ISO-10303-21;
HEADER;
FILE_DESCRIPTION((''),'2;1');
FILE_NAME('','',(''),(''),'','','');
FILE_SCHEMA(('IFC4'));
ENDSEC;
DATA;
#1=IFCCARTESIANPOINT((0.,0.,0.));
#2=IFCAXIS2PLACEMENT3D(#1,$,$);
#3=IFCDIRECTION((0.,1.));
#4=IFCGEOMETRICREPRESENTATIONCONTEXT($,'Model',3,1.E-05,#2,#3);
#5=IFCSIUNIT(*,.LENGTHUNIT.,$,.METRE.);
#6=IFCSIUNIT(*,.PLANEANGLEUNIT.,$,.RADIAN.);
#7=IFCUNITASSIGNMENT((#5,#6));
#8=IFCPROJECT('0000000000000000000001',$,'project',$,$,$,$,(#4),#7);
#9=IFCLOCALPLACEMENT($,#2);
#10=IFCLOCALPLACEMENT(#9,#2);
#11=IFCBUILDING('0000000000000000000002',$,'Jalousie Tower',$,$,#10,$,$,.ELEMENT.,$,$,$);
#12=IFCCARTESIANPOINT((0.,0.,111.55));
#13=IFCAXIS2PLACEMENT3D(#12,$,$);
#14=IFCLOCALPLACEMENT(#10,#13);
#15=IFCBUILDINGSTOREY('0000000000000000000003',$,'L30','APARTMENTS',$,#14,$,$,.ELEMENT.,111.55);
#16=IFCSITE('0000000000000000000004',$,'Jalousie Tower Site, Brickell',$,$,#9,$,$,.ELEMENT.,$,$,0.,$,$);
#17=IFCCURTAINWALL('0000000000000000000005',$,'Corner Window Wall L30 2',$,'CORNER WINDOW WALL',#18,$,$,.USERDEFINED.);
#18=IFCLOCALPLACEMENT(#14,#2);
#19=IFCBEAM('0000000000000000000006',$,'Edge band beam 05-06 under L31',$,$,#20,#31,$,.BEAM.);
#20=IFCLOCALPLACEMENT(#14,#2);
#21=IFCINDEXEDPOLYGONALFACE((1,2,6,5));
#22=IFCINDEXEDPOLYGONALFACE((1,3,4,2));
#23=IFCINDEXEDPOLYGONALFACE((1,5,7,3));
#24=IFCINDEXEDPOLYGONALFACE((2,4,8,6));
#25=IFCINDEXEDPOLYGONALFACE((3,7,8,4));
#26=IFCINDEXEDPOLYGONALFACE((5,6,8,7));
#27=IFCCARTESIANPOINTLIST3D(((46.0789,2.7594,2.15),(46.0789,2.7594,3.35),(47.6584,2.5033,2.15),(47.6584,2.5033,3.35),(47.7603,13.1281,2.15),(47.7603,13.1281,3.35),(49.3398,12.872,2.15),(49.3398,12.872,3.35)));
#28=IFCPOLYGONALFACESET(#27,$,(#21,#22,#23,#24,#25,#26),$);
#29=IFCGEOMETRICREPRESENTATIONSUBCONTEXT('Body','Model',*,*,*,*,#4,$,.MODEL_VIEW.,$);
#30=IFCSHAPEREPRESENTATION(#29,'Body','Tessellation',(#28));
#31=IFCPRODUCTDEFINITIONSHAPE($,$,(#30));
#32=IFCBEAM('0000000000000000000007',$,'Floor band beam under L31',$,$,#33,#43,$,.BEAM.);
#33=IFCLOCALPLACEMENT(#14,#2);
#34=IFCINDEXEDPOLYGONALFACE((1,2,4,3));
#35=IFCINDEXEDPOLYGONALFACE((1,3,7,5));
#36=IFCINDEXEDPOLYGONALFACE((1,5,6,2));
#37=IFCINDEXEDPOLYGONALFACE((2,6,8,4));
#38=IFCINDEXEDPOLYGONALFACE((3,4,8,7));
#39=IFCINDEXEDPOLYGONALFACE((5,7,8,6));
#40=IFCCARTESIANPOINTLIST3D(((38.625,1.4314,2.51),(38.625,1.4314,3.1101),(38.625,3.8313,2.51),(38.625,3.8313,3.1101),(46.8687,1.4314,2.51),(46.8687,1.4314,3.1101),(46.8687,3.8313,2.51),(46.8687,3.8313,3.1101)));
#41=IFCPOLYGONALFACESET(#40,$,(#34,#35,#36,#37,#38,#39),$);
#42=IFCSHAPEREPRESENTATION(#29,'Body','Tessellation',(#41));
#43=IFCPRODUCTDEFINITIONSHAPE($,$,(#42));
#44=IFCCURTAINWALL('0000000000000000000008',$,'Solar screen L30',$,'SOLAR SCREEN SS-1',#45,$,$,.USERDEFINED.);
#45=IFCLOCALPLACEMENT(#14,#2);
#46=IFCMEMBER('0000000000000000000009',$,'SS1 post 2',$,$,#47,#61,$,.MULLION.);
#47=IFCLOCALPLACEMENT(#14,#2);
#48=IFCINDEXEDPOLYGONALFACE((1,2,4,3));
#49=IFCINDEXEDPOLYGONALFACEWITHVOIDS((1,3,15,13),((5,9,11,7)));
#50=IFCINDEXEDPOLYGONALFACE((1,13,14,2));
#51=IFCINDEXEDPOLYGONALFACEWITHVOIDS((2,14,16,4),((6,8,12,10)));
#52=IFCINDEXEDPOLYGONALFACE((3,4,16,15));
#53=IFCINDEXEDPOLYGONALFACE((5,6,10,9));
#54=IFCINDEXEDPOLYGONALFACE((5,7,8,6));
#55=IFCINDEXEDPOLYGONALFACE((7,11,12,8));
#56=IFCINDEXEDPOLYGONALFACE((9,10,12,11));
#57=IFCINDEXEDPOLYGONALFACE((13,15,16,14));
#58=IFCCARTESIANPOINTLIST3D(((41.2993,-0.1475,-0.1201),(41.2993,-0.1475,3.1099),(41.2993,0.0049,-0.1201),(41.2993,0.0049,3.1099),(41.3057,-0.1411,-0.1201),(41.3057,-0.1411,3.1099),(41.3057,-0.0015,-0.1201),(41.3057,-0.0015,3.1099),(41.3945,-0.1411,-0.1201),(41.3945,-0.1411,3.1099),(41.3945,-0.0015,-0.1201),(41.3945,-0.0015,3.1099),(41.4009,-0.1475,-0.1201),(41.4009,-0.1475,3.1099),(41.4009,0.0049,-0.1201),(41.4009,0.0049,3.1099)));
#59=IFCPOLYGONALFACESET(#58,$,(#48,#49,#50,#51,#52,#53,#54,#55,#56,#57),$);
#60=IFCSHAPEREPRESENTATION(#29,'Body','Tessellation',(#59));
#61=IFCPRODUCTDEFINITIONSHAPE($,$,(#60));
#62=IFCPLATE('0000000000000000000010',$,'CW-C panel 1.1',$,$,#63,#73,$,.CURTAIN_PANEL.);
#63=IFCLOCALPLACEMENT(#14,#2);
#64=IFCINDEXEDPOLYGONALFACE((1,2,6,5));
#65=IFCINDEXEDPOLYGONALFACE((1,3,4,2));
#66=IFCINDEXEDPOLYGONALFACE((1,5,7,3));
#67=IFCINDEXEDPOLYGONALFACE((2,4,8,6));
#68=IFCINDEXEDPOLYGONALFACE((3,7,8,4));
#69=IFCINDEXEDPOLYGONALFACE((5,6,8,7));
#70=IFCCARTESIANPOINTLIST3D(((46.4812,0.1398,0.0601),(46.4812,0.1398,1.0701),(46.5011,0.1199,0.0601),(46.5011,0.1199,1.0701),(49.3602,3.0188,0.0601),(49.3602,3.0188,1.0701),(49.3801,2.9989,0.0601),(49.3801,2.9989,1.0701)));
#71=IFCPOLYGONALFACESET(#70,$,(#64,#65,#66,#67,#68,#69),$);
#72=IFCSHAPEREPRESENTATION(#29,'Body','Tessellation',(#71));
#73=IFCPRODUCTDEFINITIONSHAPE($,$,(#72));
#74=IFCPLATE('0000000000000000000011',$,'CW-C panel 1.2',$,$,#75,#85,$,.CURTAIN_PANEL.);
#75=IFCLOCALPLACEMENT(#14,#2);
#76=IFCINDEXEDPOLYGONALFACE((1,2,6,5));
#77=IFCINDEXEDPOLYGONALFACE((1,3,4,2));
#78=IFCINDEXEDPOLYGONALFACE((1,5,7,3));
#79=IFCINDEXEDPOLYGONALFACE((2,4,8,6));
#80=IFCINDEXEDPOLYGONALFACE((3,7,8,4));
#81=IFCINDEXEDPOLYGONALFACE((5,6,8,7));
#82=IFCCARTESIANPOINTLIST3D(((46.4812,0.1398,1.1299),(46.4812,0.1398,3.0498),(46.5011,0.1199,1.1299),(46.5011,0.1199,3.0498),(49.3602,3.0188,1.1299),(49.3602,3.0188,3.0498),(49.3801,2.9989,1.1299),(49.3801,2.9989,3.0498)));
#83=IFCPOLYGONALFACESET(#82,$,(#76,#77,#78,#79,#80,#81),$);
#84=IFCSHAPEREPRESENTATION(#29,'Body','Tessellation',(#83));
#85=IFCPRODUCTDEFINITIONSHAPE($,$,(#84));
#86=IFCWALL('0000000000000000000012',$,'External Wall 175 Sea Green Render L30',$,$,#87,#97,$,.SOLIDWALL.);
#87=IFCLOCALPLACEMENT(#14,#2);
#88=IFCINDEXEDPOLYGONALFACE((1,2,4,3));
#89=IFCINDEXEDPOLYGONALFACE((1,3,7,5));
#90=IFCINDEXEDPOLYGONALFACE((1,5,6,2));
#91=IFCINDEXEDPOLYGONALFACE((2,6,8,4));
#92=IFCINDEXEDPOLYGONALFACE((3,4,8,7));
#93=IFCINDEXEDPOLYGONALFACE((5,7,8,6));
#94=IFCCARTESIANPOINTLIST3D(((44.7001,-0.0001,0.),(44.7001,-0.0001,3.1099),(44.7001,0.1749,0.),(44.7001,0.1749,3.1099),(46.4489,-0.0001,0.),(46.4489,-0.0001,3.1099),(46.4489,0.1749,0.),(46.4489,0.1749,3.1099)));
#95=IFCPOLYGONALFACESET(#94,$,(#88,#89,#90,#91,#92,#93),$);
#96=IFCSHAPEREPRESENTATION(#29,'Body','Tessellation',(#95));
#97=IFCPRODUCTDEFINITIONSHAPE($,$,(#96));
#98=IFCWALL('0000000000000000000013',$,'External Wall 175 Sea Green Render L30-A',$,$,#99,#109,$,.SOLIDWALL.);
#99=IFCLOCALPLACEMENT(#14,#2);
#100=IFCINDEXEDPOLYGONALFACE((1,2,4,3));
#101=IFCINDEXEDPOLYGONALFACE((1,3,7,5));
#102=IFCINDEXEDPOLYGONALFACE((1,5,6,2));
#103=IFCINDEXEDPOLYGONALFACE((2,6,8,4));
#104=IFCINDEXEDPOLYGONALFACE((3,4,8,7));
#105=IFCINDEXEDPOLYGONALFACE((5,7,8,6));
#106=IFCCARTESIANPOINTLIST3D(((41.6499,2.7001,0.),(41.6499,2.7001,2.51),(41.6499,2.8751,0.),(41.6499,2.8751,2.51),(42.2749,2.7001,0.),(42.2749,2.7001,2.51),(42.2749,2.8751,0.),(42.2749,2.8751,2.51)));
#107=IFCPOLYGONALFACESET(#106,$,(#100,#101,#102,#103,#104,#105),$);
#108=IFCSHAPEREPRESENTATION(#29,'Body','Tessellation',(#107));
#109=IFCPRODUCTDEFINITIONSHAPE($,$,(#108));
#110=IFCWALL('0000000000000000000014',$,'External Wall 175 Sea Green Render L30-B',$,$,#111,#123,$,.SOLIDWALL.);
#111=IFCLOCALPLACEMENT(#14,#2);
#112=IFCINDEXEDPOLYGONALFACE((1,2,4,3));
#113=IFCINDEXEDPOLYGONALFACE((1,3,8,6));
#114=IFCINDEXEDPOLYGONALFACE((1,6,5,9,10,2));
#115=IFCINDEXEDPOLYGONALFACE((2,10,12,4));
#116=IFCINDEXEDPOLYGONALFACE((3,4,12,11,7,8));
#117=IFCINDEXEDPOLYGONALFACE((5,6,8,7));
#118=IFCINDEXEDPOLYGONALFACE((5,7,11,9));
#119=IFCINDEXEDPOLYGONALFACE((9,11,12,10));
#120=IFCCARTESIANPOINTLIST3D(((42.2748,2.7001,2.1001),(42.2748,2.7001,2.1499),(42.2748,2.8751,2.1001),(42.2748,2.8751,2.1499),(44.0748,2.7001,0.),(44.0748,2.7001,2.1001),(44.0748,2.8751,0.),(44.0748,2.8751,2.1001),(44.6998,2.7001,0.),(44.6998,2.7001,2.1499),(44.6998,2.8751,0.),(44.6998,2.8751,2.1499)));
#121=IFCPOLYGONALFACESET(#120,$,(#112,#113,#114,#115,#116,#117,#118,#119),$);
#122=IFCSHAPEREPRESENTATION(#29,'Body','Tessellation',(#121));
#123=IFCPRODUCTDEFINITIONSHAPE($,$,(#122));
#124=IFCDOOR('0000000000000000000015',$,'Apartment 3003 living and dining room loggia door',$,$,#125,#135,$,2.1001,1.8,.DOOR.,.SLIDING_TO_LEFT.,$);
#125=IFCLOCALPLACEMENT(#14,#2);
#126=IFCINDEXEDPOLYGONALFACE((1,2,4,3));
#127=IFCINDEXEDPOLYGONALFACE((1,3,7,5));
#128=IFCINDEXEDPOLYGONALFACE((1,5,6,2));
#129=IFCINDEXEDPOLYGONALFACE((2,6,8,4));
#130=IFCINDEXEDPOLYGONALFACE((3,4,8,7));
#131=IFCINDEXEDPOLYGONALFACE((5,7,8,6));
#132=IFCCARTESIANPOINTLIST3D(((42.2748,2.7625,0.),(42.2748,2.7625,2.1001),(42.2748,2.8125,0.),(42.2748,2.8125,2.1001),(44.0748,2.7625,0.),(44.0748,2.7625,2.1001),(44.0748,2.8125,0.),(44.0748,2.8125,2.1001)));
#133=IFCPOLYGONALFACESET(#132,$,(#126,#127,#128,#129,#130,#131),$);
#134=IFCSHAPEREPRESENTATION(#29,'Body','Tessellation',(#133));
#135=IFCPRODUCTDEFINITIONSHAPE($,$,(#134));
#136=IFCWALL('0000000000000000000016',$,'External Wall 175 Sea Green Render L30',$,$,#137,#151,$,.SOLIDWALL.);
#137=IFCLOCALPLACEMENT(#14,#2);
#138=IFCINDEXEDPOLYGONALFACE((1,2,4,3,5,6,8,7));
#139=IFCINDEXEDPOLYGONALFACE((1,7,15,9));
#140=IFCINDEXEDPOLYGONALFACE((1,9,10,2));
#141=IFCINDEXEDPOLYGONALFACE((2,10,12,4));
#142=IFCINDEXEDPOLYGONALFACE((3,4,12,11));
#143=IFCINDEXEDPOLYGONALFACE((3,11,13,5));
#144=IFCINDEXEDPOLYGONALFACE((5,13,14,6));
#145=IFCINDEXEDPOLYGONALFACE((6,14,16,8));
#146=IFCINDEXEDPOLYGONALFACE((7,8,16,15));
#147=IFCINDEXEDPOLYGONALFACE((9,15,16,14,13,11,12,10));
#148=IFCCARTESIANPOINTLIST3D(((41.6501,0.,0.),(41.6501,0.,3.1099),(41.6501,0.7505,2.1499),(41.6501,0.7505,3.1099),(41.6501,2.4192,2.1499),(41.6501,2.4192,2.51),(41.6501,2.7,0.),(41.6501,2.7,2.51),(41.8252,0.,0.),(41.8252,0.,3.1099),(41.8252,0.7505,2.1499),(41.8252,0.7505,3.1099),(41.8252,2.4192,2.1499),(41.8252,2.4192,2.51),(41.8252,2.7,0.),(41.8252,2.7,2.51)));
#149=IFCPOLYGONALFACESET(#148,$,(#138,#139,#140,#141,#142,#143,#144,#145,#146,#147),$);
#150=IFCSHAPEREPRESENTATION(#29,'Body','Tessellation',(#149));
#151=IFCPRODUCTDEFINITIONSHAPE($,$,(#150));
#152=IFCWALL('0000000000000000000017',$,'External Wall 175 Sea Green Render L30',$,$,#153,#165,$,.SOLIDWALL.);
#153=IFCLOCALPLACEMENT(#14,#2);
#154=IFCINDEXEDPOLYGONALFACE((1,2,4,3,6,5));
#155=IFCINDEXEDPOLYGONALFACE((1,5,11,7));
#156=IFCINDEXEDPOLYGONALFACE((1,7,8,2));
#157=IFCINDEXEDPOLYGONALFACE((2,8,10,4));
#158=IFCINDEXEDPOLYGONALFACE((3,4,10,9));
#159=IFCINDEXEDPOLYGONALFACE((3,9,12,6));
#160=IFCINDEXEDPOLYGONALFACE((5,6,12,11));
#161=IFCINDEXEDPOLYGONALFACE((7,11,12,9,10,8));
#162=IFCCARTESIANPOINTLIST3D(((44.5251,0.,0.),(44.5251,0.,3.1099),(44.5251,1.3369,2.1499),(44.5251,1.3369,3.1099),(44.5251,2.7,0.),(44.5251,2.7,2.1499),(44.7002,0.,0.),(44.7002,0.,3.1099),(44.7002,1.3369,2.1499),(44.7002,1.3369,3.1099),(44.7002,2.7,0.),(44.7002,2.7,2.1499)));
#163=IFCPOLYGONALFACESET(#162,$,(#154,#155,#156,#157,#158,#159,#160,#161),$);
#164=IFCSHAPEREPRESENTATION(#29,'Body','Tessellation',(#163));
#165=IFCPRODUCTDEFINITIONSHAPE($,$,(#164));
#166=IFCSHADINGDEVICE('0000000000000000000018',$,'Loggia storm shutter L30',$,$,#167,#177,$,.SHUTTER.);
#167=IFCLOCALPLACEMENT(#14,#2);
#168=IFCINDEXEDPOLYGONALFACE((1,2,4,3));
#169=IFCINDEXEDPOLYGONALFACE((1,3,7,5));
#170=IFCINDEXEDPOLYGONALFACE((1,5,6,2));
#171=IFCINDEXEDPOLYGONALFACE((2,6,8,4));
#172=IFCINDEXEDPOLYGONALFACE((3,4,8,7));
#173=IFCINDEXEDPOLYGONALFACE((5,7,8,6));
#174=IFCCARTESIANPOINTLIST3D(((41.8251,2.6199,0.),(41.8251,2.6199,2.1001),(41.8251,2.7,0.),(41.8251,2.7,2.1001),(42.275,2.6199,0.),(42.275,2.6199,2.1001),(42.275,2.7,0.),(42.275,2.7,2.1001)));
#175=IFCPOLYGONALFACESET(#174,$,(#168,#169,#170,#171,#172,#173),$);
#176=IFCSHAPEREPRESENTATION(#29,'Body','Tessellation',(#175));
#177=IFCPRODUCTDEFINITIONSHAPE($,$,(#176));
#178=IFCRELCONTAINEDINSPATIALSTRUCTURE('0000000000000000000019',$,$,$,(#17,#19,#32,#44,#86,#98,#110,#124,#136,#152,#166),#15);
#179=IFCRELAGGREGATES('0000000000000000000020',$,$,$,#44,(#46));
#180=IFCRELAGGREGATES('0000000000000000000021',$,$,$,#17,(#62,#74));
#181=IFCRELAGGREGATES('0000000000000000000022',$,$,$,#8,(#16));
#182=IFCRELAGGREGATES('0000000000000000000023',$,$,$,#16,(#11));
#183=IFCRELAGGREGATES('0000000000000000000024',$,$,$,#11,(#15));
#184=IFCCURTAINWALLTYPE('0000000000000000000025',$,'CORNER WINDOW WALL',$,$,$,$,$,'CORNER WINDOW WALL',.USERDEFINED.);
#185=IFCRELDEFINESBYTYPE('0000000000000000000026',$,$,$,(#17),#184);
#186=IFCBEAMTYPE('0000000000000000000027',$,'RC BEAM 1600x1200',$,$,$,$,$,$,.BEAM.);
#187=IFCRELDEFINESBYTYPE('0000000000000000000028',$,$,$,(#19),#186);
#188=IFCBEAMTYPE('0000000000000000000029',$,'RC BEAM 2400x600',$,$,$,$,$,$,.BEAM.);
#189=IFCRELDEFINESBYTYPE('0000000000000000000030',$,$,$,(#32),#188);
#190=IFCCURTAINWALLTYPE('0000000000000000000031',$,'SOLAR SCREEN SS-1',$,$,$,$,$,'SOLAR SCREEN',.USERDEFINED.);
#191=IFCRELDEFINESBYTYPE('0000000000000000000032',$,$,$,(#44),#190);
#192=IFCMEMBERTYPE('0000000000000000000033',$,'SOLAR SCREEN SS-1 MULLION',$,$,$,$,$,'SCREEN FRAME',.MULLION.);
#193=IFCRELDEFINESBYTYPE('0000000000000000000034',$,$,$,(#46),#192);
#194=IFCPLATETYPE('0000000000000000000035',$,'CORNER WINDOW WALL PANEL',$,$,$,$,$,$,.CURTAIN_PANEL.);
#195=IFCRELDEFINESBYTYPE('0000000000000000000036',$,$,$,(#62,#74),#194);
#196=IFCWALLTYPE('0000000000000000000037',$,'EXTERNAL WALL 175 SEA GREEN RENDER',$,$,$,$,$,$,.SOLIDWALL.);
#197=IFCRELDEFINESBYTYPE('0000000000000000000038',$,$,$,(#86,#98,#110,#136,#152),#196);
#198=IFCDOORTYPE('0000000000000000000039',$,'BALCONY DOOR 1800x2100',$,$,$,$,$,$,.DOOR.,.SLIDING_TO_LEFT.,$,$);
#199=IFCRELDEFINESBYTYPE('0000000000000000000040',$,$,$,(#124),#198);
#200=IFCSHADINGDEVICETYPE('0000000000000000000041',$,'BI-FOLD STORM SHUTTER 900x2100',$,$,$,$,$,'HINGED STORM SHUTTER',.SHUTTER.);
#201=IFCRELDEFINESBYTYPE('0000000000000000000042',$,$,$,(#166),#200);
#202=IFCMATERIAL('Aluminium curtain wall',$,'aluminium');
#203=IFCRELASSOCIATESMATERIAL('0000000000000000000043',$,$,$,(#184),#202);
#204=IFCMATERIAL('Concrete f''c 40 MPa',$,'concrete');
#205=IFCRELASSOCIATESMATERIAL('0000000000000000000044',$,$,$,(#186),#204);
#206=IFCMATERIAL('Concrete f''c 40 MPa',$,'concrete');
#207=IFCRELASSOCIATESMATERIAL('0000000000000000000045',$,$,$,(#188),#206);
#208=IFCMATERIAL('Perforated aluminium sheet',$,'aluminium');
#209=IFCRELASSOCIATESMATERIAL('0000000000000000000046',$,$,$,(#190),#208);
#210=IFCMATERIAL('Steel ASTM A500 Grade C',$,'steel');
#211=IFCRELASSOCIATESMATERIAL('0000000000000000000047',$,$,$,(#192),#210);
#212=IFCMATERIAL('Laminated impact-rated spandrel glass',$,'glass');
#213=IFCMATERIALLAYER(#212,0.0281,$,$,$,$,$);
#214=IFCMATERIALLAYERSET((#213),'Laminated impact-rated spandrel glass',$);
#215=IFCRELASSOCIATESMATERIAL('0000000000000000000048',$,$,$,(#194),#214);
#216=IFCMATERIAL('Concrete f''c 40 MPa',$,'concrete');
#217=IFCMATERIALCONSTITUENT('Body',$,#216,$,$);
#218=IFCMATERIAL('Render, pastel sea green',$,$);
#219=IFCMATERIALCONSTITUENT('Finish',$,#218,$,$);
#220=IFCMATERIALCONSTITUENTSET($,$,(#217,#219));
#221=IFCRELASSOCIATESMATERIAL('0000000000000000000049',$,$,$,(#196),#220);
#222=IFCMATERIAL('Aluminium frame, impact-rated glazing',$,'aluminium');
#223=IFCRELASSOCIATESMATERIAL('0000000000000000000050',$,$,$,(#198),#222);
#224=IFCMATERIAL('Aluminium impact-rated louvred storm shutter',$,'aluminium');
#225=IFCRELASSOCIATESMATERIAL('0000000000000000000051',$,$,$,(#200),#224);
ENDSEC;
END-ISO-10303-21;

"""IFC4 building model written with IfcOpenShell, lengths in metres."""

from ifc_helpers import new_model, si_unit, direction, frame, frame_2d, origin, origin_2d, place, context, subcontext, project, spatial, polyline, rectangle, hollow_rectangle, outline, extrude, material, layer, layer_set, constituent, constituent_set, material_profile, profile_set, type_object, element, fill, aggregate, save


model = new_model("IFC4")

# Units and contexts
model_context = context("Model", 3, precision=1e-05, world=origin(), true_north=direction((0.0, 1.0)))
body_context = subcontext(model_context, "Body", "Model", "MODEL_VIEW")
ifc_project = project(units=[si_unit("LENGTHUNIT", "METRE"), si_unit("PLANEANGLEUNIT", "RADIAN")], contexts=[model_context])

# Site, building, storey
site_placement = place(None, origin())
site = spatial("IfcSite", under=ifc_project, at=site_placement, Name="Jalousie Tower Site, Brickell", CompositionType="ELEMENT", RefElevation=0.0)
building_placement = place(site_placement, origin())
building = spatial("IfcBuilding", under=site, at=building_placement, Name="Jalousie Tower", CompositionType="ELEMENT")
storey_placement = place(building_placement, frame((0.0, 0.0, 111.55)))
storey = spatial("IfcBuildingStorey", under=building, at=storey_placement, Name="L30", Description="APARTMENTS", CompositionType="ELEMENT", Elevation=111.55)

# Curtain wall
ifc_material_1 = material(Name="Aluminium curtain wall", Category="aluminium")
curtain_wall_type_1 = type_object("IfcCurtainWallType", Name="CORNER WINDOW WALL", ElementType="CORNER WINDOW WALL", PredefinedType="USERDEFINED", material=ifc_material_1)
curtain_wall_1_placement = place(storey_placement, origin())
curtain_wall_1 = element("IfcCurtainWall", 1, at=curtain_wall_1_placement, inside=storey, type_object=curtain_wall_type_1, Name="Corner Window Wall L30 2", ObjectType="CORNER WINDOW WALL", PredefinedType="USERDEFINED")

# Beams
ifc_material_2 = material(Name="Concrete f'c 40 MPa", Category="concrete")
ifc_material_profile_1 = material_profile(ifc_material_2, rectangle(XDim=1.6001, YDim=1.2, at=origin_2d()), Name="RC 1600x1200")
ifc_profile_set_1 = profile_set([ifc_material_profile_1], Name="Concrete f'c 40 MPa")
beam_type_1 = type_object("IfcBeamType", Name="RC BEAM 1600x1200", PredefinedType="BEAM", material=ifc_profile_set_1)
beam_1_placement = place(storey_placement, frame((46.8687, 2.6313, 2.75), z_axis=(0.160071, 0.987106, 0.0), x_axis=(-0.987106, 0.160071, 0.0)))
element("IfcBeam", 2, at=beam_1_placement, inside=storey, type_object=beam_type_1, Name="Edge band beam 05-06 under L31", PredefinedType="BEAM", context=body_context, shape_type="SweptSolid", body=[
    extrude(rectangle(XDim=1.6001, YDim=1.2, at=origin_2d()), origin(), (0.0, 0.0, 1.0), 10.5042),
])
ifc_material_3 = material(Name="Concrete f'c 40 MPa", Category="concrete")
ifc_material_profile_2 = material_profile(ifc_material_3, rectangle(XDim=2.3999, YDim=0.6001, at=origin_2d()), Name="RC 2400x600")
ifc_profile_set_2 = profile_set([ifc_material_profile_2], Name="Concrete f'c 40 MPa")
beam_type_2 = type_object("IfcBeamType", Name="RC BEAM 2400x600", PredefinedType="BEAM", material=ifc_profile_set_2)
beam_2_placement = place(storey_placement, frame((46.8687, 2.6313, 2.8101), z_axis=(-1.0, 0.0, 0.0), x_axis=(0.0, -1.0, 0.0)))
element("IfcBeam", 3, at=beam_2_placement, inside=storey, type_object=beam_type_2, Name="Floor band beam under L31", PredefinedType="BEAM", context=body_context, shape_type="SweptSolid", body=[
    extrude(rectangle(XDim=2.3999, YDim=0.6001, at=origin_2d()), origin(), (0.0, 0.0, 1.0), 8.2437),
])

# Curtain wall, member
ifc_material_4 = material(Name="Perforated aluminium sheet", Category="aluminium")
curtain_wall_type_2 = type_object("IfcCurtainWallType", Name="SOLAR SCREEN SS-1", ElementType="SOLAR SCREEN", PredefinedType="USERDEFINED", material=ifc_material_4)
curtain_wall_2_placement = place(storey_placement, origin())
curtain_wall_2 = element("IfcCurtainWall", 4, at=curtain_wall_2_placement, inside=storey, type_object=curtain_wall_type_2, Name="Solar screen L30", ObjectType="SOLAR SCREEN SS-1", PredefinedType="USERDEFINED")
ifc_material_5 = material(Name="Steel ASTM A500 Grade C", Category="steel")
ifc_material_profile_3 = material_profile(ifc_material_5, hollow_rectangle(XDim=0.1016, YDim=0.1523, WallThickness=0.0063, at=origin_2d()), Name="HSS6X4X1/4")
ifc_profile_set_3 = profile_set([ifc_material_profile_3], Name="Steel ASTM A500 Grade C")
member_type_1 = type_object("IfcMemberType", Name="SOLAR SCREEN SS-1 MULLION", ElementType="SCREEN FRAME", PredefinedType="MULLION", material=ifc_profile_set_3)
member_1_placement = place(storey_placement, frame((41.3501, -0.0713, -0.1201), z_axis=(0.0, 0.0, 1.0), x_axis=(1.0, 0.0, 0.0)))
member_1 = element("IfcMember", 5, at=member_1_placement, type_object=member_type_1, Name="SS1 post 2", PredefinedType="MULLION", context=body_context, shape_type="SweptSolid", body=[
    extrude(hollow_rectangle(XDim=0.1016, YDim=0.1523, WallThickness=0.0063, at=origin_2d()), origin(), (0.0, 0.0, 1.0), 3.23),
])
aggregate(curtain_wall_2, [member_1])

# Plates
ifc_material_6 = material(Name="Laminated impact-rated spandrel glass", Category="glass")
ifc_layer_1 = layer(ifc_material_6, 0.0281)
ifc_layer_set_1 = layer_set([ifc_layer_1], Name="Laminated impact-rated spandrel glass")
plate_type = type_object("IfcPlateType", Name="CORNER WINDOW WALL PANEL", PredefinedType="CURTAIN_PANEL", material=ifc_layer_set_1)
plate_1_placement = place(storey_placement, frame((47.9307, 1.5693, 0.0601), z_axis=(0.0, 0.0, 1.0), x_axis=(0.707107, 0.707107, 0.0)))
plate_1 = element("IfcPlate", 6, at=plate_1_placement, type_object=plate_type, Name="CW-C panel 1.1", PredefinedType="CURTAIN_PANEL", context=body_context, shape_type="SweptSolid", body=[
    extrude(rectangle(XDim=4.0715, YDim=0.0281, at=origin_2d()), origin(), (0.0, 0.0, 1.0), 1.01),
])
plate_2_placement = place(storey_placement, frame((47.9307, 1.5693, 1.1299), z_axis=(0.0, 0.0, 1.0), x_axis=(0.707107, 0.707107, 0.0)))
plate_2 = element("IfcPlate", 7, at=plate_2_placement, type_object=plate_type, Name="CW-C panel 1.2", PredefinedType="CURTAIN_PANEL", context=body_context, shape_type="SweptSolid", body=[
    extrude(rectangle(XDim=4.0715, YDim=0.0281, at=origin_2d()), origin(), (0.0, 0.0, 1.0), 1.9199),
])
aggregate(curtain_wall_1, [plate_1, plate_2])

# Walls
ifc_material_7 = material(Name="Concrete f'c 40 MPa", Category="concrete")
ifc_constituent_1 = constituent(ifc_material_7, Name="Body")
ifc_material_8 = material(Name="Render, pastel sea green")
ifc_constituent_2 = constituent(ifc_material_8, Name="Finish")
ifc_constituent_set = constituent_set(constituents=[ifc_constituent_1, ifc_constituent_2])
wall_type = type_object("IfcWallType", Name="EXTERNAL WALL 175 SEA GREEN RENDER", PredefinedType="SOLIDWALL", material=ifc_constituent_set)
wall_1_placement = place(storey_placement, frame((44.7, 0.0874, 0.0), z_axis=(0.0, 0.0, 1.0), x_axis=(1.0, 0.0, 0.0)))
element("IfcWall", 8, at=wall_1_placement, inside=storey, type_object=wall_type, Name="External Wall 175 Sea Green Render L30", PredefinedType="SOLIDWALL", context=body_context, shape_type="SweptSolid", body=[
    extrude(rectangle(XDim=1.7488, YDim=0.175, at=frame_2d((0.8745, 0.0))), origin(), (0.0, 0.0, 1.0), 3.1099),
])
wall_2_placement = place(storey_placement, frame((41.6499, 2.7876, 0.0), z_axis=(0.0, 0.0, 1.0), x_axis=(1.0, 0.0, 0.0)))
element("IfcWall", 9, at=wall_2_placement, inside=storey, type_object=wall_type, Name="External Wall 175 Sea Green Render L30-A", PredefinedType="SOLIDWALL", context=body_context, shape_type="SweptSolid", body=[
    extrude(rectangle(XDim=0.625, YDim=0.175, at=frame_2d((0.3125, 0.0))), origin(), (0.0, 0.0, 1.0), 2.51),
])

# Wall, opening, door
wall_3_placement = place(storey_placement, frame((42.2749, 2.7876, 0.0), z_axis=(0.0, 0.0, 1.0), x_axis=(1.0, 0.0, 0.0)))
wall_3 = element("IfcWall", 10, at=wall_3_placement, inside=storey, type_object=wall_type, Name="External Wall 175 Sea Green Render L30-B", PredefinedType="SOLIDWALL", context=body_context, shape_type="SweptSolid", body=[
    extrude(rectangle(XDim=2.425, YDim=0.175, at=frame_2d((1.2124, 0.0))), origin(), (0.0, 0.0, 1.0), 2.1499),
])
opening_placement = place(wall_3_placement, origin())
opening = element("IfcOpeningElement", 11, at=opening_placement, cuts=wall_3, PredefinedType="OPENING", context=body_context, shape_type="SweptSolid", body=[
    extrude(rectangle(XDim=1.8, YDim=2.1001, at=frame_2d((0.8999, 1.05))), frame((0.0, 0.0974, 0.0), z_axis=(0.0, -1.0, 0.0), x_axis=(1.0, 0.0, 0.0)), (0.0, 0.0, 1.0), 0.1951),
])
ifc_material_9 = material(Name="Aluminium frame, impact-rated glazing", Category="aluminium")
door_type = type_object("IfcDoorType", Name="BALCONY DOOR 1800x2100", OperationType="SLIDING_TO_LEFT", PredefinedType="DOOR", material=ifc_material_9)
door_placement = place(opening_placement, origin())
door = element("IfcDoor", 12, at=door_placement, inside=storey, type_object=door_type, Name="Apartment 3003 living and dining room loggia door", OperationType="SLIDING_TO_LEFT", OverallHeight=2.1001, OverallWidth=1.8, PredefinedType="DOOR", context=body_context, shape_type="SweptSolid", body=[
    extrude(rectangle(XDim=1.8, YDim=2.1001, at=frame_2d((0.8999, 1.05))), frame((0.0, 0.0249, 0.0), z_axis=(0.0, -1.0, 0.0), x_axis=(1.0, 0.0, 0.0)), (0.0, 0.0, 1.0), 0.05),
])
fill(opening, door)

# Walls
wall_4_placement = place(storey_placement, frame((41.7375, 0.0, 0.0), z_axis=(0.0, 0.0, 1.0), x_axis=(0.0, 1.0, 0.0)))
element("IfcWall", 13, at=wall_4_placement, inside=storey, type_object=wall_type, Name="External Wall 175 Sea Green Render L30", PredefinedType="SOLIDWALL", context=body_context, shape_type="SweptSolid", body=[
    extrude(outline(polyline([(0.0, 0.0), (2.7, 0.0), (2.7, 2.51), (2.4192, 2.51), (2.4192, 2.1499), (0.7505, 2.1499), (0.7505, 3.1099), (0.0, 3.1099), (0.0, 0.0)])), frame((0.0, 0.0874, 0.0), z_axis=(0.0, -1.0, 0.0), x_axis=(1.0, 0.0, 0.0)), (0.0, 0.0, 1.0), 0.175),
])
wall_5_placement = place(storey_placement, frame((44.6125, 0.0, 0.0), z_axis=(0.0, 0.0, 1.0), x_axis=(0.0, 1.0, 0.0)))
element("IfcWall", 14, at=wall_5_placement, inside=storey, type_object=wall_type, Name="External Wall 175 Sea Green Render L30", PredefinedType="SOLIDWALL", context=body_context, shape_type="SweptSolid", body=[
    extrude(outline(polyline([(0.0, 0.0), (2.7, 0.0), (2.7, 2.1499), (1.3369, 2.1499), (1.3369, 3.1099), (0.0, 3.1099), (0.0, 0.0)])), frame((0.0, 0.0874, 0.0), z_axis=(0.0, -1.0, 0.0), x_axis=(1.0, 0.0, 0.0)), (0.0, 0.0, 1.0), 0.175),
])

# Shading device
ifc_material_10 = material(Name="Aluminium impact-rated louvred storm shutter", Category="aluminium")
shading_device_type_1 = type_object("IfcShadingDeviceType", Name="BI-FOLD STORM SHUTTER 900x2100", ElementType="HINGED STORM SHUTTER", PredefinedType="SHUTTER", material=ifc_material_10)
for number, where, z_axis, x_axis, name in (
    (15, (42.05, 2.6599, 0.0), (0.0, 0.0, 1.0), (1.0, 0.0, 0.0), "Loggia storm shutter L30"),
):
    element("IfcShadingDevice", number, at=place(storey_placement, frame(where, z_axis=z_axis, x_axis=x_axis)), inside=storey, type_object=shading_device_type_1, Name=name, PredefinedType="SHUTTER", context=body_context, shape_type="SweptSolid", body=[
        extrude(rectangle(XDim=0.45, YDim=0.0801, at=origin_2d()), origin(), (0.0, 0.0, 1.0), 2.1001),
    ])

save(model, "model.ifc")
